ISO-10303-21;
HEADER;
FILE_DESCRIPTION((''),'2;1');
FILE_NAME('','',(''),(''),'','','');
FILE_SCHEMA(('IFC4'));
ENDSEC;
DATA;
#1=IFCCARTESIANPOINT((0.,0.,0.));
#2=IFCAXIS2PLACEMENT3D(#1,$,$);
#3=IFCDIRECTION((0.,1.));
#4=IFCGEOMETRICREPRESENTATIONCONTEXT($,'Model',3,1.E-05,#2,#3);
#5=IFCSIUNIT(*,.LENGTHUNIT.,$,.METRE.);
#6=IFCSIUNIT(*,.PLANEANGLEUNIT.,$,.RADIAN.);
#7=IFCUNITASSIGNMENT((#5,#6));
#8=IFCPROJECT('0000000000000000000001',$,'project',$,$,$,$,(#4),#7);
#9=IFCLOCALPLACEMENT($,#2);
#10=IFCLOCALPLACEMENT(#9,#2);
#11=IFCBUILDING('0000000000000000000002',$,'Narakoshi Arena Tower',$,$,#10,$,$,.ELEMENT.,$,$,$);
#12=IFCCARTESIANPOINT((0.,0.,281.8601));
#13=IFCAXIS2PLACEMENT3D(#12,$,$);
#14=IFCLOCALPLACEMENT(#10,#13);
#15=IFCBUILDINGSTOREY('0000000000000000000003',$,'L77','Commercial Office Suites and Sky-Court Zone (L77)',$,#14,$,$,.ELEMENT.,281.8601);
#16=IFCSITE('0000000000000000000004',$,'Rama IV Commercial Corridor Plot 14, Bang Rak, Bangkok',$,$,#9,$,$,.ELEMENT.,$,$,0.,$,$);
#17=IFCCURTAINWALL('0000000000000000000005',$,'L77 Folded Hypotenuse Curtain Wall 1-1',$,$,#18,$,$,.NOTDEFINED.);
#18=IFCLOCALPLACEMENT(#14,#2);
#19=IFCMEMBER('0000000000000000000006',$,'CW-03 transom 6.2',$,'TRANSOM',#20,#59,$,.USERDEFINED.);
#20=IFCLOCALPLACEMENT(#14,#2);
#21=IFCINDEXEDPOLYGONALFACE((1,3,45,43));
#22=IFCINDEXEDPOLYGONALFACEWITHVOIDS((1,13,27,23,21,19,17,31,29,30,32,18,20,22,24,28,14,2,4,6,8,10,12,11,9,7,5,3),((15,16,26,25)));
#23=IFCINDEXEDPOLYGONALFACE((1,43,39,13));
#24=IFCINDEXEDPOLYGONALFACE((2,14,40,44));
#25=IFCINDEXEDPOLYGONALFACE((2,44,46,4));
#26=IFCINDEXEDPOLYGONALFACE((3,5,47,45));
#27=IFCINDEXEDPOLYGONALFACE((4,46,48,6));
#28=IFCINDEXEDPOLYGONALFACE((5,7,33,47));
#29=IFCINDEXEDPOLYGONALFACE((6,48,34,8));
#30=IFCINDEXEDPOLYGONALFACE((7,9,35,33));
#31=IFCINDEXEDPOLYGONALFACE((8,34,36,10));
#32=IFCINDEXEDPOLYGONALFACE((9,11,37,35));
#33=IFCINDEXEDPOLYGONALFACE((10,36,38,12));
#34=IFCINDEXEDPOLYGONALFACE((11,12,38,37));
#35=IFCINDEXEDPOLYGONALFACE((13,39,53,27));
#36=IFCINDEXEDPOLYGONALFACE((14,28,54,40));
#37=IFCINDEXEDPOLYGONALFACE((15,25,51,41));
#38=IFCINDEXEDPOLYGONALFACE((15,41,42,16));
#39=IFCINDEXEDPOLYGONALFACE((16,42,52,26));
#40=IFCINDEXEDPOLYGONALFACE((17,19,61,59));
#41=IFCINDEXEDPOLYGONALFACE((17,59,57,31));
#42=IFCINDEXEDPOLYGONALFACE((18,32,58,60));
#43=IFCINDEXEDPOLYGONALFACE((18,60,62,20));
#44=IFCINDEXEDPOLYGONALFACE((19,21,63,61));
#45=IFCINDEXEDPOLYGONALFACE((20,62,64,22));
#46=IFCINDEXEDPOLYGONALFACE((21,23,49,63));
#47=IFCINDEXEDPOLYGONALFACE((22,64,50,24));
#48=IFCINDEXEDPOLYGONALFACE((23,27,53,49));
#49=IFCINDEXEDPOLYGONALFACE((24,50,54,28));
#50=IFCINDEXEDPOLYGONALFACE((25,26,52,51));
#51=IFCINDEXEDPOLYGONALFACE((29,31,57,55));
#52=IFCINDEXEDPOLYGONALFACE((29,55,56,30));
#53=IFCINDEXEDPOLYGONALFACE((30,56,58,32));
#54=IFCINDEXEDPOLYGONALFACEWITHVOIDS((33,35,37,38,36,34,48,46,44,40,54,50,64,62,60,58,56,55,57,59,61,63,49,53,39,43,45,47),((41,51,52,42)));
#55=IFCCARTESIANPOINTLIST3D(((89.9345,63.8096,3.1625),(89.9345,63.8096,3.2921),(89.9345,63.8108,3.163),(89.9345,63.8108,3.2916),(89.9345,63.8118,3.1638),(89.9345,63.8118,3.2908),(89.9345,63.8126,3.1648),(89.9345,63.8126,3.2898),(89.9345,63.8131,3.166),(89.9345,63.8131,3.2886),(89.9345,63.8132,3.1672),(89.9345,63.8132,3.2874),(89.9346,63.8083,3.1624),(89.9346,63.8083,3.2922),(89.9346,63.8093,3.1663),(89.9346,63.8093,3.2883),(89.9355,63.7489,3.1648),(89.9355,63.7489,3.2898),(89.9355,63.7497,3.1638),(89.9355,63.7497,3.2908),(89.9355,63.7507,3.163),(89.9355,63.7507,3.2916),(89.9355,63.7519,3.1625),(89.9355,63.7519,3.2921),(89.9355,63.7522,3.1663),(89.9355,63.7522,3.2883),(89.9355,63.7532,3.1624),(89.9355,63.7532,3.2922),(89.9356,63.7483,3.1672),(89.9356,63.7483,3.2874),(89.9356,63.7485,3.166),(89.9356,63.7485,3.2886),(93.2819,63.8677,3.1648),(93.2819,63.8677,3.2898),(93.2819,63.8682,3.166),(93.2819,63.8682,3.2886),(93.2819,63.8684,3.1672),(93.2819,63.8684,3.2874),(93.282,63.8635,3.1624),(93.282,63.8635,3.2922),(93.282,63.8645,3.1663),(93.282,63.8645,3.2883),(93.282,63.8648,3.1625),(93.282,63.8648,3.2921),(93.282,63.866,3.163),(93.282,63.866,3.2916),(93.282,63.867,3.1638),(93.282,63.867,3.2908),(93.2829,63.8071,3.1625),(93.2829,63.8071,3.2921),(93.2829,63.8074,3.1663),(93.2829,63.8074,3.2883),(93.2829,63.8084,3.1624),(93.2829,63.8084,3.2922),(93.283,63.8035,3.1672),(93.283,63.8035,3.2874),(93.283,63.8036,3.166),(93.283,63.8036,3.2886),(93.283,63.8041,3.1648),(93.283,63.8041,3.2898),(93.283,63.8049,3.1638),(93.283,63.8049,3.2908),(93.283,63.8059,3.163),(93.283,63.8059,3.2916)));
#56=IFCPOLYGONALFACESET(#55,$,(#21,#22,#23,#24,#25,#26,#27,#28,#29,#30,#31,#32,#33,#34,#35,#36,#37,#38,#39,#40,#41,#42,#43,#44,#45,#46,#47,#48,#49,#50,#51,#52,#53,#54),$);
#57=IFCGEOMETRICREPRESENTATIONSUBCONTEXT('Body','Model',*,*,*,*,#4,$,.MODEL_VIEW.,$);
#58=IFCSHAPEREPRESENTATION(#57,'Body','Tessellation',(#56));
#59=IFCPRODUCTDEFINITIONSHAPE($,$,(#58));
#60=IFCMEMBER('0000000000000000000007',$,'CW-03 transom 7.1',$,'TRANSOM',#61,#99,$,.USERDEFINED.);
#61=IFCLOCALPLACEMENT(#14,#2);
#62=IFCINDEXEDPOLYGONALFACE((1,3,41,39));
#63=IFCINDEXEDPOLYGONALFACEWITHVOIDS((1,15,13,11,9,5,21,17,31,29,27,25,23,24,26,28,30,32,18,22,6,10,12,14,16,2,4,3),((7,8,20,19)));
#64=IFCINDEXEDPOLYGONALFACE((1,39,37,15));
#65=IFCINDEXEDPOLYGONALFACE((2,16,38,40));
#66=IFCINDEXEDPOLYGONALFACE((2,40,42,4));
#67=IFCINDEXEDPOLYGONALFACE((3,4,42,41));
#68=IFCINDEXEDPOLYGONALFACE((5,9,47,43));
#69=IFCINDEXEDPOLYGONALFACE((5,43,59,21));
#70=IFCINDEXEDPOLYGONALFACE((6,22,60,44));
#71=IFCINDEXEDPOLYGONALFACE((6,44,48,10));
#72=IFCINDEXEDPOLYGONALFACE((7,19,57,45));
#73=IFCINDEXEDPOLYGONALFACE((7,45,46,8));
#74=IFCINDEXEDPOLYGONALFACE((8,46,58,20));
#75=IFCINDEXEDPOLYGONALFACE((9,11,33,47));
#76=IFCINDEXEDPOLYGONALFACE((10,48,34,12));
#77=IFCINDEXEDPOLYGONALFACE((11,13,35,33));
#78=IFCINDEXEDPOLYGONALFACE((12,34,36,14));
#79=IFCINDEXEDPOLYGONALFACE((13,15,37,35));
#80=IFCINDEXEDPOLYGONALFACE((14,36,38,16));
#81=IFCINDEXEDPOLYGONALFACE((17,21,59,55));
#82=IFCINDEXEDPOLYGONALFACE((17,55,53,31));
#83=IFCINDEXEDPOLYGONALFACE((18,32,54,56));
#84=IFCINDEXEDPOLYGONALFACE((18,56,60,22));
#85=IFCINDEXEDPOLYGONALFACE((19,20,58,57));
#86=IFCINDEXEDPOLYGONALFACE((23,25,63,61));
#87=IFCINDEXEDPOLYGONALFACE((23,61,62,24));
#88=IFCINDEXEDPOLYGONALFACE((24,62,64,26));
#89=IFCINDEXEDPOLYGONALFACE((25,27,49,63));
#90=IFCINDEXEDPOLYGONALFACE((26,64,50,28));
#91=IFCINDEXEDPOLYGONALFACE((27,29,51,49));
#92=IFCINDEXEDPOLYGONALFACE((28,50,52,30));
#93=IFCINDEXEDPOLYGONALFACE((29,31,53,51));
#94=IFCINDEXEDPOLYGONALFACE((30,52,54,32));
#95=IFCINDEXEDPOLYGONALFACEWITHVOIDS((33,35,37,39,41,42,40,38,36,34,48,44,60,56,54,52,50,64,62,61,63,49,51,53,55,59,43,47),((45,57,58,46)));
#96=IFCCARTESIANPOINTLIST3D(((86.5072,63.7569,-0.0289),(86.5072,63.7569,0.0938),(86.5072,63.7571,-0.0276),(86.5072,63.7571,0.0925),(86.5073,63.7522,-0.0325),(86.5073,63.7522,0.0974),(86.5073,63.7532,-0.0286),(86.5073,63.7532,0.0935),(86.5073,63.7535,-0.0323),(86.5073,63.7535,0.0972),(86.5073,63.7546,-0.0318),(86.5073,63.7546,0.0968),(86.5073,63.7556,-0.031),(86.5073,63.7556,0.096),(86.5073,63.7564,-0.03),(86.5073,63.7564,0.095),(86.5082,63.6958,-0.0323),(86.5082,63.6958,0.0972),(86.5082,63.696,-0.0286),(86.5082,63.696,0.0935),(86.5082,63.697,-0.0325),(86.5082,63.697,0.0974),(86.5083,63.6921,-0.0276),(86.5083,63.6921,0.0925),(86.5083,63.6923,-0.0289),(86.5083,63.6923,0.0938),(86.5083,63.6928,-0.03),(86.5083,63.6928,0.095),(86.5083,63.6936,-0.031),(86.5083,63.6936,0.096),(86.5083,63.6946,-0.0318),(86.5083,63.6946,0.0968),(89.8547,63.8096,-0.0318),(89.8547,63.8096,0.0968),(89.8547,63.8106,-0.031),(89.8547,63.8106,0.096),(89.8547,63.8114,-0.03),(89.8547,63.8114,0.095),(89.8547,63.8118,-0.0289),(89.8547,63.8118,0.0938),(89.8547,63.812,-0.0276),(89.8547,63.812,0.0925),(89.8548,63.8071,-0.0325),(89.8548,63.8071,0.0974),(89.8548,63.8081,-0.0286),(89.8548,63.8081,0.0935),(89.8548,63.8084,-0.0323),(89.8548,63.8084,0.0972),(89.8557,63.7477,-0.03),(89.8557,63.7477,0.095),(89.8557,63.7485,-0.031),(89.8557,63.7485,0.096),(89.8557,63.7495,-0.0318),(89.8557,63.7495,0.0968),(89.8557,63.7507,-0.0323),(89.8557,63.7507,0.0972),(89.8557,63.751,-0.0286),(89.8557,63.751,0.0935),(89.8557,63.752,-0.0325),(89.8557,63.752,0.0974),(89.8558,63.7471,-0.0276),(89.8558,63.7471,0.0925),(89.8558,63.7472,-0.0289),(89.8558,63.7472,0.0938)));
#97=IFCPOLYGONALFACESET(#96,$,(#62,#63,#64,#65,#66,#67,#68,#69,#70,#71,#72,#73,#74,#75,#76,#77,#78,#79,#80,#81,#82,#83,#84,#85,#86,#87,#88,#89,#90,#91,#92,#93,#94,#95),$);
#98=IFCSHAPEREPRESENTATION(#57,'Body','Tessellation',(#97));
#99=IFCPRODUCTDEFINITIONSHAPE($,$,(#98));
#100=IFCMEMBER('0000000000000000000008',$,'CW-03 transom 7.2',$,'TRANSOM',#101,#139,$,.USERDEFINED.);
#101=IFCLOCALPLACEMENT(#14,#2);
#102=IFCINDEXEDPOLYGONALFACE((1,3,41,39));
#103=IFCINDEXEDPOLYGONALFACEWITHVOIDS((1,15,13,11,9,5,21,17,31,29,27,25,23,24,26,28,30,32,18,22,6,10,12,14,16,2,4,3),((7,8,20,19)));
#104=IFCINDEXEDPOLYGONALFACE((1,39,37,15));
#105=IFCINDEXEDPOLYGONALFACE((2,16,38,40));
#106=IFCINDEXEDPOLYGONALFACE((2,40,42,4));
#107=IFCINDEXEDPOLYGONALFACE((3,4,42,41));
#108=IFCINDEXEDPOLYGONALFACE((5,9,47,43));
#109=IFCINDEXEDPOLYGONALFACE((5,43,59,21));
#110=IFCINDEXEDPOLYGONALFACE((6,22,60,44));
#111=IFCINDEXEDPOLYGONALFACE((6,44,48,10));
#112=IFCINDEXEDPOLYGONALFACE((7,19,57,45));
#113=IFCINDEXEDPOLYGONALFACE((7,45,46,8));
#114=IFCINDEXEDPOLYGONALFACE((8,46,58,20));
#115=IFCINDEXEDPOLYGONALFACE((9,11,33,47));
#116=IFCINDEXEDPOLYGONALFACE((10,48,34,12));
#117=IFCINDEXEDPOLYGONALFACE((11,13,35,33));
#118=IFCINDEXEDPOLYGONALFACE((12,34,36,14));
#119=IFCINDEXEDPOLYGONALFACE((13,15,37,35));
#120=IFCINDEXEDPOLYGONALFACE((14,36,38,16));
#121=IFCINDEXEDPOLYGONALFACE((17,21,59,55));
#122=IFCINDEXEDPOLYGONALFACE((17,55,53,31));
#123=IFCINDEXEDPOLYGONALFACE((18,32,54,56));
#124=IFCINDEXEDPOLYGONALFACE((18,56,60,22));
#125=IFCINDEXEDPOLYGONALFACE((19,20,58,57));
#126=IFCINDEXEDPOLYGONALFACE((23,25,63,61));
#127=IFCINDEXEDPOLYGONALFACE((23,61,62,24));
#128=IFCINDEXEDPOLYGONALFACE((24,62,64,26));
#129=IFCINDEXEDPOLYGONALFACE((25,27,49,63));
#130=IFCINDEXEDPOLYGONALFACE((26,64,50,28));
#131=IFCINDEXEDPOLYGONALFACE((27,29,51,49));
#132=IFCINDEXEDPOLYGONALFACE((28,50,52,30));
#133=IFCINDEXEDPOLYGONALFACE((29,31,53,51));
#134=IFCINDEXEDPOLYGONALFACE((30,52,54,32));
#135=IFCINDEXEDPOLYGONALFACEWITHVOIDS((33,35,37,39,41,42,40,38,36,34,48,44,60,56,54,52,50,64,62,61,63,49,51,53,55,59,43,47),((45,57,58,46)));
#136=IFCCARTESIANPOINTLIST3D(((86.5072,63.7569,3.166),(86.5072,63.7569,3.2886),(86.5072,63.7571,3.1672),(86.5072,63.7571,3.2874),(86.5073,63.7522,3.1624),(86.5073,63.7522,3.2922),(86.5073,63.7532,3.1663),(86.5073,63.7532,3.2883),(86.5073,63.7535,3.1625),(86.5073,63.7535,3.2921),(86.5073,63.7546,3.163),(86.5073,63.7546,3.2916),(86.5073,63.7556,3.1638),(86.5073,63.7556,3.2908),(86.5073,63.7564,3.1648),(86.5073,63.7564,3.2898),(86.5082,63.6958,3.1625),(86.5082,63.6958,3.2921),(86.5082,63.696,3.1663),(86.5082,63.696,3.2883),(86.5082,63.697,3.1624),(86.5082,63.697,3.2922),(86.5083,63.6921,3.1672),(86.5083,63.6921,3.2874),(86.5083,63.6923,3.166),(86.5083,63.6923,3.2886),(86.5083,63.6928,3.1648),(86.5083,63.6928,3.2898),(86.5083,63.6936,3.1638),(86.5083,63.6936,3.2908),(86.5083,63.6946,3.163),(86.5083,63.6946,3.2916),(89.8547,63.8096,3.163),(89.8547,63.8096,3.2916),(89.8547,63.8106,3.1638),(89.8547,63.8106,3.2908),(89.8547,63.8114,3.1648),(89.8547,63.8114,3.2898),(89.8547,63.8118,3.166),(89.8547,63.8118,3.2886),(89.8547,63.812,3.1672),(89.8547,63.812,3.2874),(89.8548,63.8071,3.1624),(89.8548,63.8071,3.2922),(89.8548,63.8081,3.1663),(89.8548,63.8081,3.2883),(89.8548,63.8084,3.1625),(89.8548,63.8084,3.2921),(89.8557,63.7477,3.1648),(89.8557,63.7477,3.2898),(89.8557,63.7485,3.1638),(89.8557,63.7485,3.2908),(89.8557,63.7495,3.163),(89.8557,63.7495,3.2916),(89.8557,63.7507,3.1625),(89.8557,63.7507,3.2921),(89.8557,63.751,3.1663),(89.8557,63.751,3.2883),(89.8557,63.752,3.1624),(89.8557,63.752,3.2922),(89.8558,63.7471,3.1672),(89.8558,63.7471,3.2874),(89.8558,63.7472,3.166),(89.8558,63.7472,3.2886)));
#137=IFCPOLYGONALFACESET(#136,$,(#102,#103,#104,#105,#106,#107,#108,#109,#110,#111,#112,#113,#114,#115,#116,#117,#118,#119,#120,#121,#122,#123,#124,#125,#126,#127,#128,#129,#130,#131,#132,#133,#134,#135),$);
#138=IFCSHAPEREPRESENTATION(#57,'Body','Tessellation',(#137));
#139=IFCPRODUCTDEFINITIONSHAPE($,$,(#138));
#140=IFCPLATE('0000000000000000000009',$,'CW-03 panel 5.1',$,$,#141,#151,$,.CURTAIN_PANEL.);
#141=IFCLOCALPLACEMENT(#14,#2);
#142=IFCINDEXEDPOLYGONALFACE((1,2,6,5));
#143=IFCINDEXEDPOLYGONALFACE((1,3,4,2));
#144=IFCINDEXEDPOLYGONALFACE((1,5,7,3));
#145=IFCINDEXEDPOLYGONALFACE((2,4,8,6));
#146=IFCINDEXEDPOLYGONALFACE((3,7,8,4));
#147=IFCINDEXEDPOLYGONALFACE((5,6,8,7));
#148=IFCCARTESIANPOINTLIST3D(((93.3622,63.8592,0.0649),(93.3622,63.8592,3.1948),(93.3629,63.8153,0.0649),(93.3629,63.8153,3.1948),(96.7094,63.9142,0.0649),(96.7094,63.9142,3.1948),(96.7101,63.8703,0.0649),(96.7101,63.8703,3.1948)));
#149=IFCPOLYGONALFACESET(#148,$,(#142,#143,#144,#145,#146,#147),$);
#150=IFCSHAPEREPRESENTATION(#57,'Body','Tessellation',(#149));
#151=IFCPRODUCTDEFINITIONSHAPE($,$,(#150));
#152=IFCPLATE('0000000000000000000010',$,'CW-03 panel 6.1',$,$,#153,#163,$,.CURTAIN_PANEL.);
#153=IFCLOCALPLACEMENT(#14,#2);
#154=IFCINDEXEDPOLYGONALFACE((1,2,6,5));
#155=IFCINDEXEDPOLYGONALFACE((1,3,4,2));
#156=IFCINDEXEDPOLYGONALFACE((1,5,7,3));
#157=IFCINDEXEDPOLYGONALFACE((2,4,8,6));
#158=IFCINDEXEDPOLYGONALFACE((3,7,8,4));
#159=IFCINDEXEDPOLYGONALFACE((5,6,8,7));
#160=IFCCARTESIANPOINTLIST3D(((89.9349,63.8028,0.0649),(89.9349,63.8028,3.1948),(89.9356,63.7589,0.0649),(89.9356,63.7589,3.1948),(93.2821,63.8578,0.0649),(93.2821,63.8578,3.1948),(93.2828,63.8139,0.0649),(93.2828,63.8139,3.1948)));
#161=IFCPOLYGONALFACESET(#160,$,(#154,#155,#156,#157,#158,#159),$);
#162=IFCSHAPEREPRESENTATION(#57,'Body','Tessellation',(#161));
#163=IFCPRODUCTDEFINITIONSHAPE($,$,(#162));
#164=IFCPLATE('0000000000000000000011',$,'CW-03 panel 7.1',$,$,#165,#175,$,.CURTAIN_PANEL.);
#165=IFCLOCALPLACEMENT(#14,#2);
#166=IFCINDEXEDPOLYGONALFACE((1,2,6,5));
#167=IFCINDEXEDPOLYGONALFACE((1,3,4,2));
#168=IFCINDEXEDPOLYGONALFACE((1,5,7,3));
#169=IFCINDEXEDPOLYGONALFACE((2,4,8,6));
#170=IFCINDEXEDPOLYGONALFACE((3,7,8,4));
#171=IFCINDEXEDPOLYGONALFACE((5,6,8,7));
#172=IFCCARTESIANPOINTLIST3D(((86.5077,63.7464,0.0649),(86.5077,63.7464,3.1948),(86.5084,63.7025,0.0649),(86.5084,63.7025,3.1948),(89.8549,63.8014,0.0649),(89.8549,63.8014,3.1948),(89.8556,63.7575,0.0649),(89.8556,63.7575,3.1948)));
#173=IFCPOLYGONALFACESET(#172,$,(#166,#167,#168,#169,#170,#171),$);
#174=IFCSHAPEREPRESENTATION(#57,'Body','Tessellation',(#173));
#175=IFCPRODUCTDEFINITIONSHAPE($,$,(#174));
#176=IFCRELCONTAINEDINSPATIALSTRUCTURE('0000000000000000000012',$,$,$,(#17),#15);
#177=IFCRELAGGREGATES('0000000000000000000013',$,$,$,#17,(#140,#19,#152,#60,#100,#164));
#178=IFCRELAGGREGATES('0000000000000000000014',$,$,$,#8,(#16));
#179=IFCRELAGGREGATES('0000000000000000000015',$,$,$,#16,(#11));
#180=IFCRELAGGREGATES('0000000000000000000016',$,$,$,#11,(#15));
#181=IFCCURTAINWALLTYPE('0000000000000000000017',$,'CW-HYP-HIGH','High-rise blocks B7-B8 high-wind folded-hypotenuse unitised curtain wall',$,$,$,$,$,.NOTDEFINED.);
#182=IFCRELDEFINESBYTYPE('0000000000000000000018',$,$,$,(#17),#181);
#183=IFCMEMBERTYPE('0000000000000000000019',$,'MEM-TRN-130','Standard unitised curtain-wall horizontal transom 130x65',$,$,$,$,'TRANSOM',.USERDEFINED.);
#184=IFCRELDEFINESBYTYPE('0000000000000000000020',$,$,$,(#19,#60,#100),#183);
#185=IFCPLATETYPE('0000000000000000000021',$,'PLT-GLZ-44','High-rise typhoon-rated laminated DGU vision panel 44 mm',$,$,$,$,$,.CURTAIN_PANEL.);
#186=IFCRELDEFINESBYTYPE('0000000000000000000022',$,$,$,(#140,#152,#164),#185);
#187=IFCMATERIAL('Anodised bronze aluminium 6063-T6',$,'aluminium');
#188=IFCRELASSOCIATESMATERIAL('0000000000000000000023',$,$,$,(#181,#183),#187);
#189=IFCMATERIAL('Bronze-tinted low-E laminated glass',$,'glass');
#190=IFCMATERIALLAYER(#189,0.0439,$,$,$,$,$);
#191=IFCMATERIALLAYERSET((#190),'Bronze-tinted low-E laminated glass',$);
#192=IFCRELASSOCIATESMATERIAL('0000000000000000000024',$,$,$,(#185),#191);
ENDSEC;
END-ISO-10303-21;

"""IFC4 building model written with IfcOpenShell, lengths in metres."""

from ifc_helpers import new_model, si_unit, direction, frame, origin, origin_2d, place, context, subcontext, project, spatial, rectangle, hollow_rectangle, extrude, material, layer, layer_set, material_profile, profile_set, type_object, element, aggregate, save


model = new_model("IFC4")

# Units and contexts
model_context = context("Model", 3, precision=1e-05, world=origin(), true_north=direction((0.0, 1.0)))
body_context = subcontext(model_context, "Body", "Model", "MODEL_VIEW")
ifc_project = project(units=[si_unit("LENGTHUNIT", "METRE"), si_unit("PLANEANGLEUNIT", "RADIAN")], contexts=[model_context])

# Site, building, storey
site_placement = place(None, origin())
site = spatial("IfcSite", under=ifc_project, at=site_placement, Name="Rama IV Commercial Corridor Plot 14, Bang Rak, Bangkok", CompositionType="ELEMENT", RefElevation=0.0)
building_placement = place(site_placement, origin())
building = spatial("IfcBuilding", under=site, at=building_placement, Name="Narakoshi Arena Tower", CompositionType="ELEMENT")
storey_placement = place(building_placement, frame((0.0, 0.0, 281.8601)))
storey = spatial("IfcBuildingStorey", under=building, at=storey_placement, Name="L77", Description="Commercial Office Suites and Sky-Court Zone (L77)", CompositionType="ELEMENT", Elevation=281.8601)

# Curtain wall, members, plates
ifc_material_1 = material(Name="Anodised bronze aluminium 6063-T6", Category="aluminium")
curtain_wall_type = type_object("IfcCurtainWallType", Name="CW-HYP-HIGH", Description="High-rise blocks B7-B8 high-wind folded-hypotenuse unitised curtain wall", PredefinedType="NOTDEFINED", material=ifc_material_1)
curtain_wall_placement = place(storey_placement, origin())
curtain_wall = element("IfcCurtainWall", 1, at=curtain_wall_placement, inside=storey, type_object=curtain_wall_type, Name="L77 Folded Hypotenuse Curtain Wall 1-1", PredefinedType="NOTDEFINED")
ifc_material_profile_1 = material_profile(ifc_material_1, hollow_rectangle(XDim=0.0649, YDim=0.1299, WallThickness=0.0039, OuterFilletRadius=0.0049, at=origin_2d()), Name="TRN130x65x4")
ifc_profile_set_1 = profile_set([ifc_material_profile_1], Name="Anodised bronze aluminium 6063-T6")
member_type_1 = type_object("IfcMemberType", Name="MEM-TRN-130", Description="Standard unitised curtain-wall horizontal transom 130x65", ElementType="TRANSOM", PredefinedType="USERDEFINED", material=ifc_profile_set_1)
member_1_placement = place(storey_placement, frame((93.2825, 63.8359, 3.2273), z_axis=(-0.999864, -0.016481, 0.0), x_axis=(0.016481, -0.999864, 0.0)))
member_1 = element("IfcMember", 2, at=member_1_placement, type_object=member_type_1, Name="CW-03 transom 6.2", ObjectType="TRANSOM", PredefinedType="USERDEFINED", context=body_context, shape_type="SweptSolid", body=[
    extrude(hollow_rectangle(XDim=0.0649, YDim=0.1299, WallThickness=0.0039, OuterFilletRadius=0.0049, at=origin_2d()), origin(), (0.0, 0.0, 1.0), 3.3479),
])
member_2_placement = place(storey_placement, frame((89.8552, 63.7795, 0.0325), z_axis=(-0.999865, -0.016408, 0.0), x_axis=(0.016408, -0.999865, 0.0)))
member_2 = element("IfcMember", 3, at=member_2_placement, type_object=member_type_1, Name="CW-03 transom 7.1", ObjectType="TRANSOM", PredefinedType="USERDEFINED", context=body_context, shape_type="SweptSolid", body=[
    extrude(hollow_rectangle(XDim=0.0649, YDim=0.1299, WallThickness=0.0039, OuterFilletRadius=0.0049, at=origin_2d()), origin(), (0.0, 0.0, 1.0), 3.3479),
])
member_3_placement = place(storey_placement, frame((89.8552, 63.7795, 3.2273), z_axis=(-0.999865, -0.016408, 0.0), x_axis=(0.016408, -0.999865, 0.0)))
member_3 = element("IfcMember", 4, at=member_3_placement, type_object=member_type_1, Name="CW-03 transom 7.2", ObjectType="TRANSOM", PredefinedType="USERDEFINED", context=body_context, shape_type="SweptSolid", body=[
    extrude(hollow_rectangle(XDim=0.0649, YDim=0.1299, WallThickness=0.0039, OuterFilletRadius=0.0049, at=origin_2d()), origin(), (0.0, 0.0, 1.0), 3.3479),
])
ifc_material_2 = material(Name="Bronze-tinted low-E laminated glass", Category="glass")
ifc_layer_1 = layer(ifc_material_2, 0.0439)
ifc_layer_set_1 = layer_set([ifc_layer_1], Name="Bronze-tinted low-E laminated glass")
plate_type = type_object("IfcPlateType", Name="PLT-GLZ-44", Description="High-rise typhoon-rated laminated DGU vision panel 44 mm", PredefinedType="CURTAIN_PANEL", material=ifc_layer_set_1)
plate_1_placement = place(storey_placement, frame((95.0361, 63.8647, 0.0649), z_axis=(0.0, 0.0, 1.0), x_axis=(-0.999865, -0.016443, 0.0)))
plate_1 = element("IfcPlate", 5, at=plate_1_placement, type_object=plate_type, Name="CW-03 panel 5.1", PredefinedType="CURTAIN_PANEL", context=body_context, shape_type="SweptSolid", body=[
    extrude(rectangle(XDim=3.3477, YDim=0.0439, at=origin_2d()), origin(), (0.0, 0.0, 1.0), 3.1299),
])
plate_2_placement = place(storey_placement, frame((91.6089, 63.8083, 0.0649), z_axis=(0.0, 0.0, 1.0), x_axis=(-0.999865, -0.016443, 0.0)))
plate_2 = element("IfcPlate", 6, at=plate_2_placement, type_object=plate_type, Name="CW-03 panel 6.1", PredefinedType="CURTAIN_PANEL", context=body_context, shape_type="SweptSolid", body=[
    extrude(rectangle(XDim=3.3477, YDim=0.0439, at=origin_2d()), origin(), (0.0, 0.0, 1.0), 3.1299),
])
plate_3_placement = place(storey_placement, frame((88.1816, 63.752, 0.0649), z_axis=(0.0, 0.0, 1.0), x_axis=(-0.999865, -0.016443, 0.0)))
plate_3 = element("IfcPlate", 7, at=plate_3_placement, type_object=plate_type, Name="CW-03 panel 7.1", PredefinedType="CURTAIN_PANEL", context=body_context, shape_type="SweptSolid", body=[
    extrude(rectangle(XDim=3.3477, YDim=0.0439, at=origin_2d()), origin(), (0.0, 0.0, 1.0), 3.1299),
])
aggregate(curtain_wall, [plate_1, member_1, plate_2, member_2, member_3, plate_3])

save(model, "model.ifc")
